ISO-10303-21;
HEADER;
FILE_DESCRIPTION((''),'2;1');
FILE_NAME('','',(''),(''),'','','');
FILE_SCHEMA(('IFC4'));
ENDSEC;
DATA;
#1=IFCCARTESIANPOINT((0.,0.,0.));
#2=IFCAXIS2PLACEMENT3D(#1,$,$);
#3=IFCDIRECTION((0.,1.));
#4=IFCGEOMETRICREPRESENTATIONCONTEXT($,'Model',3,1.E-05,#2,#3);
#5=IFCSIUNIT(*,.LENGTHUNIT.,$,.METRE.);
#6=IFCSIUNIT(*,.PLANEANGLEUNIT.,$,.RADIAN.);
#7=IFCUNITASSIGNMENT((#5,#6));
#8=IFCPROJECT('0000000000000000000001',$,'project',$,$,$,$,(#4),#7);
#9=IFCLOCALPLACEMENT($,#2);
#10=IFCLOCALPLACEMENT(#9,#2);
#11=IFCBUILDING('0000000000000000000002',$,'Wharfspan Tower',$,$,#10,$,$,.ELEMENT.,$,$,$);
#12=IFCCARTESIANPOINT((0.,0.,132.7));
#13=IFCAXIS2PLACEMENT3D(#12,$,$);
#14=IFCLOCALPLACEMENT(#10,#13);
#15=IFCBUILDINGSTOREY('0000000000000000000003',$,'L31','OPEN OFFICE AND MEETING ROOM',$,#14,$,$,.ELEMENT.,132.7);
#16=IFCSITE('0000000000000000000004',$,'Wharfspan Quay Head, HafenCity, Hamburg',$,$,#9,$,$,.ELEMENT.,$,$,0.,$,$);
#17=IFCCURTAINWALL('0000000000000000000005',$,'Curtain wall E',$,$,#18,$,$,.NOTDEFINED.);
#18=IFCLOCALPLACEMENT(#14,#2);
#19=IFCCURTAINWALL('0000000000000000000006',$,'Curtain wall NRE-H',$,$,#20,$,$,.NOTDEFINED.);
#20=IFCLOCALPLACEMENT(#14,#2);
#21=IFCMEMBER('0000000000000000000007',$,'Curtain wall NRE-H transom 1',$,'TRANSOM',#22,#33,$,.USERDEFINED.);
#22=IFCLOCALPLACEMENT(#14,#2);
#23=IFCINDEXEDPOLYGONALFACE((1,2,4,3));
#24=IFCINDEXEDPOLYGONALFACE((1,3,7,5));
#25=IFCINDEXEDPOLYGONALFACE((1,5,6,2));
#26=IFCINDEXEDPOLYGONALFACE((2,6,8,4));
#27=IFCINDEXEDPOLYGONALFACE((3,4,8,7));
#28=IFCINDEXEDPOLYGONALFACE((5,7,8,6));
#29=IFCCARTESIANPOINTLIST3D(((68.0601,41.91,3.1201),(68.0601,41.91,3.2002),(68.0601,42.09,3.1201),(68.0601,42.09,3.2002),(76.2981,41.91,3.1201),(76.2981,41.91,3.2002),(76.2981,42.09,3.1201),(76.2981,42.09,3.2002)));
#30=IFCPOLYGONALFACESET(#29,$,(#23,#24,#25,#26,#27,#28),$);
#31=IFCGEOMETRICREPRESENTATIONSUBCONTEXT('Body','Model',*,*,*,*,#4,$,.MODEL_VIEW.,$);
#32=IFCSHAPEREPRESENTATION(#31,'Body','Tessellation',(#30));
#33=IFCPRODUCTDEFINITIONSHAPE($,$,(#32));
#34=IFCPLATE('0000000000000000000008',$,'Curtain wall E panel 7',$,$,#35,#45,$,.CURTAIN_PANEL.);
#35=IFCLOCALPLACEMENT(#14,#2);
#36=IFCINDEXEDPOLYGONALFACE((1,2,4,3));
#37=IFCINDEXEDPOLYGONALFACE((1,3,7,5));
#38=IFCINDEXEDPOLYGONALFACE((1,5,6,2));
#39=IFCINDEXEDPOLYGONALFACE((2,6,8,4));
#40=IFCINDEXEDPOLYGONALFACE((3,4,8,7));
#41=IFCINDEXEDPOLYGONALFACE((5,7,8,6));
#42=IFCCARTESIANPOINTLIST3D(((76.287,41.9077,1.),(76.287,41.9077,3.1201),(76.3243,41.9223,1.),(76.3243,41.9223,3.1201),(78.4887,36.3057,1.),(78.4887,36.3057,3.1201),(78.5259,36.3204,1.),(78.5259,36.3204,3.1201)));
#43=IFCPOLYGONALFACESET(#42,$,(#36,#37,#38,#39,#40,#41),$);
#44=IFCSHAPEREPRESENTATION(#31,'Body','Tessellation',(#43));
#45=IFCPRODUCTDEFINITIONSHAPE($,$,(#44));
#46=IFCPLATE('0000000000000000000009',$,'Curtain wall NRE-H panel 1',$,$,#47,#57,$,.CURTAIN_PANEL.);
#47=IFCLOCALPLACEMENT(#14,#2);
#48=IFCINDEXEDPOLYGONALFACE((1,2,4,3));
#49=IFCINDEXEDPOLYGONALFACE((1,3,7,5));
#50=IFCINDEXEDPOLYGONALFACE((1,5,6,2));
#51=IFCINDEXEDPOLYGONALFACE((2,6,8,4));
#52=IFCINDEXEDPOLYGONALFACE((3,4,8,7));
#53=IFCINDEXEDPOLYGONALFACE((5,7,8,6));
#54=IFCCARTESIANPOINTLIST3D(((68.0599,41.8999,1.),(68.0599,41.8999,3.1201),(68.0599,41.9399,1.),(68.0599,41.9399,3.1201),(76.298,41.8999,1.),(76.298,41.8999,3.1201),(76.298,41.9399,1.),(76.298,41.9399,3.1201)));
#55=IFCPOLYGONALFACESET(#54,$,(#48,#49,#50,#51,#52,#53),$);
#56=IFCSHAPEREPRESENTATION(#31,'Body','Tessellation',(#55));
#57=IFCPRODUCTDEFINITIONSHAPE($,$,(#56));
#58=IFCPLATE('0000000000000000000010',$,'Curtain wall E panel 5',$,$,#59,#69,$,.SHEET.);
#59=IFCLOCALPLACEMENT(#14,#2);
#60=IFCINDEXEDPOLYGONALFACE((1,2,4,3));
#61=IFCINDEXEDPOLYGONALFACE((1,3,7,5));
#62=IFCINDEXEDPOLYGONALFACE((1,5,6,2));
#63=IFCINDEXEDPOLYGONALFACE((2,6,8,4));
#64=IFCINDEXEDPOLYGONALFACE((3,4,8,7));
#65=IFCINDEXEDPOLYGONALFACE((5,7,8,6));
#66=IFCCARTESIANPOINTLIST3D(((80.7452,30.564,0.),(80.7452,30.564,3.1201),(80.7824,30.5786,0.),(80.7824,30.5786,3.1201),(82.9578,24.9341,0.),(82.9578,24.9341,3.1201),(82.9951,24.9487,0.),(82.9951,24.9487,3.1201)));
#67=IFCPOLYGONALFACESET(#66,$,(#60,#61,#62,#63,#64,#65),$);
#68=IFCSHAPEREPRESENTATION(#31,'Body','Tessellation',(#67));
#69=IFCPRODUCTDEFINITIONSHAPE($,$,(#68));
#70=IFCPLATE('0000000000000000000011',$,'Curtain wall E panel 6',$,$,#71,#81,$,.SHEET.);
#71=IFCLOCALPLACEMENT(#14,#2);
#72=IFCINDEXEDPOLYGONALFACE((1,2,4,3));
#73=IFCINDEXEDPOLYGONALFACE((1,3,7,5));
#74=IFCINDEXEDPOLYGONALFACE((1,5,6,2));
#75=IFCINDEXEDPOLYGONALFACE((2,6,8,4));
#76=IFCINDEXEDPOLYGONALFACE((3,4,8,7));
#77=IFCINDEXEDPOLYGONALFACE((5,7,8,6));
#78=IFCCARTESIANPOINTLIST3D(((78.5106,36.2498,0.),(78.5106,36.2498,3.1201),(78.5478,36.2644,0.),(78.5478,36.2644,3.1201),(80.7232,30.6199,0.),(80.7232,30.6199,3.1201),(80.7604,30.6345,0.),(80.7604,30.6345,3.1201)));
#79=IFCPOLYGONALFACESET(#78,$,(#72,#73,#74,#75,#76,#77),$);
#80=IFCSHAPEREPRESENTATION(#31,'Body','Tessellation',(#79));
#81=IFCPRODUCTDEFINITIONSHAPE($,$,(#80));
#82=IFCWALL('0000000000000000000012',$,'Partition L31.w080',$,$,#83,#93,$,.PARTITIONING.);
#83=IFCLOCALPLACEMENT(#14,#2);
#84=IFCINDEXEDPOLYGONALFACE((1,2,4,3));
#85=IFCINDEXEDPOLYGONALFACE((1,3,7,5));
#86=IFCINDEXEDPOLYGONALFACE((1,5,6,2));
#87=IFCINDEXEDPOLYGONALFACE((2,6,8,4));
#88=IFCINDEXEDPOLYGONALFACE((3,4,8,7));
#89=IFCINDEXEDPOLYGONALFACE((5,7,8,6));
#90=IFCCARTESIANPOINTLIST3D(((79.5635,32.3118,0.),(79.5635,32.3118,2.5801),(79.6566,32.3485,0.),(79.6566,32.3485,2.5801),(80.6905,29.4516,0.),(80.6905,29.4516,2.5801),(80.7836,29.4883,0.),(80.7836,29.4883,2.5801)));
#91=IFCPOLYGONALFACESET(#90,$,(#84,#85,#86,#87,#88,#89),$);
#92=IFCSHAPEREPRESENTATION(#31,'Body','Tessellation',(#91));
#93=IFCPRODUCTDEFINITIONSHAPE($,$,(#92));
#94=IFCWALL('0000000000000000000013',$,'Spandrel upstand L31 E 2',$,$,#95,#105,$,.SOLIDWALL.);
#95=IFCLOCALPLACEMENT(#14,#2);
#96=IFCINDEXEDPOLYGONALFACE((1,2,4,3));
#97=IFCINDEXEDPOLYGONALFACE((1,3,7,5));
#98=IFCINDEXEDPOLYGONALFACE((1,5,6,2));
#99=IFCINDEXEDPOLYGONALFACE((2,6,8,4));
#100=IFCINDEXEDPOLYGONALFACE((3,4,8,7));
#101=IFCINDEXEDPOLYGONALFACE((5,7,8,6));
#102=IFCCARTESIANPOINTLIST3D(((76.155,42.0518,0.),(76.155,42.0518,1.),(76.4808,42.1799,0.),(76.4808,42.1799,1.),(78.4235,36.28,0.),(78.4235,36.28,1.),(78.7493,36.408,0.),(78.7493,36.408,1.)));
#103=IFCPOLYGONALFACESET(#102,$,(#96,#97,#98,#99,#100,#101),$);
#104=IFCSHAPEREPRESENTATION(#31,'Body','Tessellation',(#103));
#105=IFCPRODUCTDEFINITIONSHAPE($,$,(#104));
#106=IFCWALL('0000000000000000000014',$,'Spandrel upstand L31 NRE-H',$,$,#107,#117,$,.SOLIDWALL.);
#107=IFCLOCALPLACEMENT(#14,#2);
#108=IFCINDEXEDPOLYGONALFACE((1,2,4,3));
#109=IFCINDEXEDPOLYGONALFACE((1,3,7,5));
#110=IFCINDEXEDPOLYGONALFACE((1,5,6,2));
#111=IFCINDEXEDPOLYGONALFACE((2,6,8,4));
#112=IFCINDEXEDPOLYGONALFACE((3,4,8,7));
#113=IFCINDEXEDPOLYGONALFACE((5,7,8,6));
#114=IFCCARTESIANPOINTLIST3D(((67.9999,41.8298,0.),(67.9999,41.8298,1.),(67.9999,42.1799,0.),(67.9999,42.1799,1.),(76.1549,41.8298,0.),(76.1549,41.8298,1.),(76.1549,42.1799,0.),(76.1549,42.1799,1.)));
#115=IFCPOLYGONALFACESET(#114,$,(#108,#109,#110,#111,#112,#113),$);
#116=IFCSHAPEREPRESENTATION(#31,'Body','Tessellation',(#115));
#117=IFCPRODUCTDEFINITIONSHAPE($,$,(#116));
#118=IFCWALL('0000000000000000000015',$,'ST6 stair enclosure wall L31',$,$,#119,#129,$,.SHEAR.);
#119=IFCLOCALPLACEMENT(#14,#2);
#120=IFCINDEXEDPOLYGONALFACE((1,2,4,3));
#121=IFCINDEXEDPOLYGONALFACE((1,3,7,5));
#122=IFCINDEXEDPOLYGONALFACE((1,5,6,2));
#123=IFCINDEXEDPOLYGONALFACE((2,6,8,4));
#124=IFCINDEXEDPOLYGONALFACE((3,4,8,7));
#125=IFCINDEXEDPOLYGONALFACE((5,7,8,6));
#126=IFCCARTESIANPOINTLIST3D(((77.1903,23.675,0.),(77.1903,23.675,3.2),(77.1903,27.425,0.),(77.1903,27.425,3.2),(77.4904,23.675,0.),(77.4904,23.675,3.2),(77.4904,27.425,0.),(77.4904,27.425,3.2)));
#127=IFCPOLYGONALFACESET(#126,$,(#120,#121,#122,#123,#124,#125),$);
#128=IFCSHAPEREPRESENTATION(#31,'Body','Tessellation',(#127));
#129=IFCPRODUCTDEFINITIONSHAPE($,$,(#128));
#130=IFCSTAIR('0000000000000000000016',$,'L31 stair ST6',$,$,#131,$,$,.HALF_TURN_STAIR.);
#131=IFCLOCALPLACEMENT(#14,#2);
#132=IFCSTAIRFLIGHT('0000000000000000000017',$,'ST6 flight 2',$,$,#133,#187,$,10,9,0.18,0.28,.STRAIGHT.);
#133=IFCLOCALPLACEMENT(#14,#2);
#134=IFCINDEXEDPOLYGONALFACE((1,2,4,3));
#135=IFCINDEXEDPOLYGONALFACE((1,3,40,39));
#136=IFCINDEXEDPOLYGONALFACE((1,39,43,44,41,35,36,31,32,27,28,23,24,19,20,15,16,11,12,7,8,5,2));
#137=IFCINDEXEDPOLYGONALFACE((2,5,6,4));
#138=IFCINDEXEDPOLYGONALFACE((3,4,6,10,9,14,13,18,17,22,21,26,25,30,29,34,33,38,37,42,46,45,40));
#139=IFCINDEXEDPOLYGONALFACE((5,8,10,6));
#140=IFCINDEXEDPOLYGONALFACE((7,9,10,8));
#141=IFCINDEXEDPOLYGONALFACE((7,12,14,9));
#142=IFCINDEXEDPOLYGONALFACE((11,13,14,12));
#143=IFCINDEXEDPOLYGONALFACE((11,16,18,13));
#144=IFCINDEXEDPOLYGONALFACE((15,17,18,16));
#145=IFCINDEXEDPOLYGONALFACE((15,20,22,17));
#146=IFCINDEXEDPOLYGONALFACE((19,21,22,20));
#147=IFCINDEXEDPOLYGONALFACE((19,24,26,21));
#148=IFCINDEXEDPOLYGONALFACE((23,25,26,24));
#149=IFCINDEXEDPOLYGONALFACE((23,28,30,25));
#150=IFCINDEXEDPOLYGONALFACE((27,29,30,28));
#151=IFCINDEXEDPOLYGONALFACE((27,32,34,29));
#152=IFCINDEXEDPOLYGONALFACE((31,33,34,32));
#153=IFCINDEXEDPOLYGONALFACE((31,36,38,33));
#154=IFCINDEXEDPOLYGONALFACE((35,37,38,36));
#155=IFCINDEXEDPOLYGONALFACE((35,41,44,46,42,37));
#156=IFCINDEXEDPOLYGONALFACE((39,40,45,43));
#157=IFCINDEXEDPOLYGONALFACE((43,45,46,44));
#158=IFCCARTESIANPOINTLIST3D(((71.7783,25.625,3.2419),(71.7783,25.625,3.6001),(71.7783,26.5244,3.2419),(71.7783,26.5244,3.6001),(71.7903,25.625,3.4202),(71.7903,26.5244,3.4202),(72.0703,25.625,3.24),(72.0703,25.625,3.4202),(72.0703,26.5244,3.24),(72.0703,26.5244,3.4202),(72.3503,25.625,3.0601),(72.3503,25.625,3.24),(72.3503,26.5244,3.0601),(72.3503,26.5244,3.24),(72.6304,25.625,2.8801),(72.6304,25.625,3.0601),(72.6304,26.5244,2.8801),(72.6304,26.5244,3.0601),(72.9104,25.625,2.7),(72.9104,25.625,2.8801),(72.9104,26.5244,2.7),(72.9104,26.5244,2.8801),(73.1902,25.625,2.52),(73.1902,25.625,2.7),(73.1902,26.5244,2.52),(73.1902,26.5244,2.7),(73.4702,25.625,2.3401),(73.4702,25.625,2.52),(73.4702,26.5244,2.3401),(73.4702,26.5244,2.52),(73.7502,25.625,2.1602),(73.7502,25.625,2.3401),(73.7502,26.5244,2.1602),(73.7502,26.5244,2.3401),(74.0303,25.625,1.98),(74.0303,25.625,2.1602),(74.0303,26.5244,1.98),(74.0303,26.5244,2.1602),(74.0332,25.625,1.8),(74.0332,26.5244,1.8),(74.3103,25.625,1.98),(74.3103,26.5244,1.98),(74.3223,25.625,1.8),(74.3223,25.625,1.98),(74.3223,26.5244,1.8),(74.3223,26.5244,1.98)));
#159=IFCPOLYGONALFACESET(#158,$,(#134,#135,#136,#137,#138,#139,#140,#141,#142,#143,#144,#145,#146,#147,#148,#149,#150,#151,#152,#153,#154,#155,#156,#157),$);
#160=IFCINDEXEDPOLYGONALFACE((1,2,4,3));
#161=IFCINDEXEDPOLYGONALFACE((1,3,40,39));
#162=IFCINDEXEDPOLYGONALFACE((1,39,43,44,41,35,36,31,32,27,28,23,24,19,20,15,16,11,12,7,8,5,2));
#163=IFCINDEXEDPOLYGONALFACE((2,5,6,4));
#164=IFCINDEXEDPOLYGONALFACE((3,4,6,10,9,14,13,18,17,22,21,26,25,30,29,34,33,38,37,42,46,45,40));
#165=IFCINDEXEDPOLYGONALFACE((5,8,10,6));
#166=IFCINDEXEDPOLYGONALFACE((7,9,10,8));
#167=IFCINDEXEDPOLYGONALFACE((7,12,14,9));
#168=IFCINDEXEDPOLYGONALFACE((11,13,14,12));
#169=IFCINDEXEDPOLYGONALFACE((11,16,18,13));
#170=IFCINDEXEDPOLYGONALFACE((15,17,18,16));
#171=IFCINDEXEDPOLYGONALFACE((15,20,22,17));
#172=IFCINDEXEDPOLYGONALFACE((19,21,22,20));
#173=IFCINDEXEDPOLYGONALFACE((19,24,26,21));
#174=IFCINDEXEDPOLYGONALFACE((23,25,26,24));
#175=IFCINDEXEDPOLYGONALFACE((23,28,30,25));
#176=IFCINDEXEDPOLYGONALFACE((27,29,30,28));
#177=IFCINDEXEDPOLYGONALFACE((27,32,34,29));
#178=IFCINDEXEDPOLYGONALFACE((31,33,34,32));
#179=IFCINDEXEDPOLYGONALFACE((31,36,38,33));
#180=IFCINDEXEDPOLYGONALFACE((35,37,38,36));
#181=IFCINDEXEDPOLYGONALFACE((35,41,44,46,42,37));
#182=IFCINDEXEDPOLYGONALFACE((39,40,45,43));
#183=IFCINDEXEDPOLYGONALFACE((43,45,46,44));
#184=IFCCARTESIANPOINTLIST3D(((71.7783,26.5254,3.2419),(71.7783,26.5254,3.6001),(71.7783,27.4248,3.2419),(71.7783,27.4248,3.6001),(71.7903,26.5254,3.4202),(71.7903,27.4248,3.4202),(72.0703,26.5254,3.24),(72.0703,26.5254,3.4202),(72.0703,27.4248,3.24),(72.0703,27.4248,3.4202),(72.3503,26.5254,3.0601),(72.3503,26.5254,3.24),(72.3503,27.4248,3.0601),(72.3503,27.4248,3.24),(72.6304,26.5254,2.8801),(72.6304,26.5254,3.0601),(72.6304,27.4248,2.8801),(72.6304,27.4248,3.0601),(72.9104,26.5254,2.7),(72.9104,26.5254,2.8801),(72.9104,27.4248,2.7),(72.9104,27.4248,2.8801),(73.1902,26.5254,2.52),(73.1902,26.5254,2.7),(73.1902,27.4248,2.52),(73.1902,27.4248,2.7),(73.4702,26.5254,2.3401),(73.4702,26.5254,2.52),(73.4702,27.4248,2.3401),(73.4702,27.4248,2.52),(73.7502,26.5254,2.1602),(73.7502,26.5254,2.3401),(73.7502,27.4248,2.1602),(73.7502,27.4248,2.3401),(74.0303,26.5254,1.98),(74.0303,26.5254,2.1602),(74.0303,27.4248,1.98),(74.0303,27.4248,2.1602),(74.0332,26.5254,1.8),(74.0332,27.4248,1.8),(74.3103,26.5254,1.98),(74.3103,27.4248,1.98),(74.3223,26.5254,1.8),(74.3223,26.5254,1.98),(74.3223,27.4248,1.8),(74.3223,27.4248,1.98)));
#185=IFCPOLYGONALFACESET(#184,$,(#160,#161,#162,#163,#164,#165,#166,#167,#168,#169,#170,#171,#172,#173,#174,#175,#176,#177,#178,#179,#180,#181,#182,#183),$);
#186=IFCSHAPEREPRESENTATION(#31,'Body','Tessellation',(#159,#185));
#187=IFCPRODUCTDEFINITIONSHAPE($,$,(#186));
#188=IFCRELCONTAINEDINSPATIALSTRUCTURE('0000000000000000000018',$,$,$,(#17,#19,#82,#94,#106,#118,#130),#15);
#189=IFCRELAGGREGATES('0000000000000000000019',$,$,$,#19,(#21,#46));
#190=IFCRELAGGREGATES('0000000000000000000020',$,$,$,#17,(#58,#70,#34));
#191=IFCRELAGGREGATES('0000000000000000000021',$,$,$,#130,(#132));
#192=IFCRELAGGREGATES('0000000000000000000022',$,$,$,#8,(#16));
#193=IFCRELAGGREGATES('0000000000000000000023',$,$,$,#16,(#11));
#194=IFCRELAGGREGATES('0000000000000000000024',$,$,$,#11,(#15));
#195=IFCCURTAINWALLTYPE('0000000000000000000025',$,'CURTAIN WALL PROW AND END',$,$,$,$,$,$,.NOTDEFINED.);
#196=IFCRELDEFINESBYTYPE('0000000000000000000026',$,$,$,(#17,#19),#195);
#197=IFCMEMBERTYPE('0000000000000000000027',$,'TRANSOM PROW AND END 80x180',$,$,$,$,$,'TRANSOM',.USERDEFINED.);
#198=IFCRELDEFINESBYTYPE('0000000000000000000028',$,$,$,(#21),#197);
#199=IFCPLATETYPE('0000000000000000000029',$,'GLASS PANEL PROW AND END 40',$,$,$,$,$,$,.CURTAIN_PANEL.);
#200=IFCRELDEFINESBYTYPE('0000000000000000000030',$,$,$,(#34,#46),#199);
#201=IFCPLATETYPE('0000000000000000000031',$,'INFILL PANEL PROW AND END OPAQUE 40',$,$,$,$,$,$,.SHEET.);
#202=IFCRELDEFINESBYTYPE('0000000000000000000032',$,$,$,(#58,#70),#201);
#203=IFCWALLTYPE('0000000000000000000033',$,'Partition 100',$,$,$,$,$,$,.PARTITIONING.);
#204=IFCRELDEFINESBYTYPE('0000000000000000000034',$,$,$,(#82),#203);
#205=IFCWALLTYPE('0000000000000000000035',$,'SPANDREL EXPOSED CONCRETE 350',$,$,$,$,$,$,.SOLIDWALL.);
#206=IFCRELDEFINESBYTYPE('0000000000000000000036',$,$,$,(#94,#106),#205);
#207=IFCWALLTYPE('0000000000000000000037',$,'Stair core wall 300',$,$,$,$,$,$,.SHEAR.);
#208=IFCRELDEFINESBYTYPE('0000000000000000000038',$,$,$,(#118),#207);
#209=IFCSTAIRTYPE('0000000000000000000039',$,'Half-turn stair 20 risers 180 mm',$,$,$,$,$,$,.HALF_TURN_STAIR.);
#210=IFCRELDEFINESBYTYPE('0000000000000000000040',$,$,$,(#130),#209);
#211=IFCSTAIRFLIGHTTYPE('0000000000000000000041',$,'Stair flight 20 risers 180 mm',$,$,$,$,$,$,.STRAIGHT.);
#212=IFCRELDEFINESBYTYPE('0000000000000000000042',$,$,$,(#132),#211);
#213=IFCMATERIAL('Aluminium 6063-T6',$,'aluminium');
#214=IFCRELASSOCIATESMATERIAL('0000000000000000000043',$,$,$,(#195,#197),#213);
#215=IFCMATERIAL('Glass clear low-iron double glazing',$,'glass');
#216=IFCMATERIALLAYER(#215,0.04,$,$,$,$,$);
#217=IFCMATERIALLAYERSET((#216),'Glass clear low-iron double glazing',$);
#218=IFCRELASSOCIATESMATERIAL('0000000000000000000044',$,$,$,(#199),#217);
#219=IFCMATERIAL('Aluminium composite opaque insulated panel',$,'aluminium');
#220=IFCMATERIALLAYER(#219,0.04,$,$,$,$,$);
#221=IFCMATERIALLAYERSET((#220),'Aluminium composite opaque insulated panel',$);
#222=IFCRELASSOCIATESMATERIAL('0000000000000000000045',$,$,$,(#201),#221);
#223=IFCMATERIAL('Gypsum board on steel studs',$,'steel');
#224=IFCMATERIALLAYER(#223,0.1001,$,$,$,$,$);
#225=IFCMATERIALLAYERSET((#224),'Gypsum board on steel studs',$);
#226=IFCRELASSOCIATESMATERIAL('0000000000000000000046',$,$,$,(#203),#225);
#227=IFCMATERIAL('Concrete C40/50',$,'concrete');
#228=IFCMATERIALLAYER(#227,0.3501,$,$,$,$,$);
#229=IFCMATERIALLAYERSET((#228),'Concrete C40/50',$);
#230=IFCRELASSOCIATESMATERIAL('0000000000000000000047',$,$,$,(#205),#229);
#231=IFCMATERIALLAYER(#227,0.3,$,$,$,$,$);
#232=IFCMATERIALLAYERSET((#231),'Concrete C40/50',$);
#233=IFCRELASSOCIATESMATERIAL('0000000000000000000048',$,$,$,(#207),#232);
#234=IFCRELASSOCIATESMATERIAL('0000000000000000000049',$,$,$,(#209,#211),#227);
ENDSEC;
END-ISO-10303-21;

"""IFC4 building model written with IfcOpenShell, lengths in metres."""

from ifc_helpers import new_model, si_unit, direction, frame, frame_2d, origin, origin_2d, place, context, subcontext, project, spatial, polyline, rectangle, outline, extrude, material, layer, layer_set, material_profile, profile_set, type_object, element, aggregate, save


model = new_model("IFC4")

# Units and contexts
model_context = context("Model", 3, precision=1e-05, world=origin(), true_north=direction((0.0, 1.0)))
body_context = subcontext(model_context, "Body", "Model", "MODEL_VIEW")
ifc_project = project(units=[si_unit("LENGTHUNIT", "METRE"), si_unit("PLANEANGLEUNIT", "RADIAN")], contexts=[model_context])

# Site, building, storey
site_placement = place(None, origin())
site = spatial("IfcSite", under=ifc_project, at=site_placement, Name="Wharfspan Quay Head, HafenCity, Hamburg", CompositionType="ELEMENT", RefElevation=0.0)
building_placement = place(site_placement, origin())
building = spatial("IfcBuilding", under=site, at=building_placement, Name="Wharfspan Tower", CompositionType="ELEMENT")
storey_placement = place(building_placement, frame((0.0, 0.0, 132.7)))
storey = spatial("IfcBuildingStorey", under=building, at=storey_placement, Name="L31", Description="OPEN OFFICE AND MEETING ROOM", CompositionType="ELEMENT", Elevation=132.7)

# Curtain wall
ifc_material_1 = material(Name="Aluminium 6063-T6", Category="aluminium")
curtain_wall_type = type_object("IfcCurtainWallType", Name="CURTAIN WALL PROW AND END", PredefinedType="NOTDEFINED", material=ifc_material_1)
curtain_wall_1_placement = place(storey_placement, origin())
curtain_wall_1 = element("IfcCurtainWall", 1, at=curtain_wall_1_placement, inside=storey, type_object=curtain_wall_type, Name="Curtain wall E", PredefinedType="NOTDEFINED")

# Curtain wall
curtain_wall_2_placement = place(storey_placement, origin())
curtain_wall_2 = element("IfcCurtainWall", 2, at=curtain_wall_2_placement, inside=storey, type_object=curtain_wall_type, Name="Curtain wall NRE-H", PredefinedType="NOTDEFINED")

# Member
ifc_material_profile_1 = material_profile(ifc_material_1, rectangle(XDim=0.1799, YDim=0.0801, at=origin_2d()))
ifc_profile_set_1 = profile_set([ifc_material_profile_1], Name="Aluminium 6063-T6")
member_type_1 = type_object("IfcMemberType", Name="TRANSOM PROW AND END 80x180", ElementType="TRANSOM", PredefinedType="USERDEFINED", material=ifc_profile_set_1)
member_1_placement = place(storey_placement, frame((76.2981, 42.0, 3.1602), z_axis=(-1.0, 0.0, 0.0), x_axis=(0.0, -1.0, 0.0)))
member_1 = element("IfcMember", 3, at=member_1_placement, type_object=member_type_1, Name="Curtain wall NRE-H transom 1", ObjectType="TRANSOM", PredefinedType="USERDEFINED", context=body_context, shape_type="SweptSolid", body=[
    extrude(rectangle(XDim=0.1799, YDim=0.0801, at=origin_2d()), origin(), (0.0, 0.0, 1.0), 8.238),
])

# Plates
ifc_material_2 = material(Name="Glass clear low-iron double glazing", Category="glass")
ifc_layer_1 = layer(ifc_material_2, 0.04)
ifc_layer_set_1 = layer_set([ifc_layer_1], Name="Glass clear low-iron double glazing")
plate_type_1 = type_object("IfcPlateType", Name="GLASS PANEL PROW AND END 40", PredefinedType="CURTAIN_PANEL", material=ifc_layer_set_1)
plate_1_placement = place(storey_placement, frame((77.4065, 39.114, 1.0), z_axis=(0.0, 0.0, 1.0), x_axis=(-0.365778, 0.930702, 0.0)))
plate_1 = element("IfcPlate", 4, at=plate_1_placement, type_object=plate_type_1, Name="Curtain wall E panel 7", PredefinedType="CURTAIN_PANEL", context=body_context, shape_type="SweptSolid", body=[
    extrude(rectangle(XDim=6.019, YDim=0.04, at=origin_2d()), origin(), (0.0, 0.0, 1.0), 2.1201),
])
plate_2_placement = place(storey_placement, frame((72.179, 41.9199, 1.0), z_axis=(0.0, 0.0, 1.0), x_axis=(-1.0, 0.0, 0.0)))
plate_2 = element("IfcPlate", 5, at=plate_2_placement, type_object=plate_type_1, Name="Curtain wall NRE-H panel 1", PredefinedType="CURTAIN_PANEL", context=body_context, shape_type="SweptSolid", body=[
    extrude(rectangle(XDim=8.238, YDim=0.04, at=origin_2d()), origin(), (0.0, 0.0, 1.0), 2.1201),
])
aggregate(curtain_wall_2, [member_1, plate_2])
ifc_material_3 = material(Name="Aluminium composite opaque insulated panel", Category="aluminium")
ifc_layer_2 = layer(ifc_material_3, 0.04)
ifc_layer_set_2 = layer_set([ifc_layer_2], Name="Aluminium composite opaque insulated panel")
plate_type_2 = type_object("IfcPlateType", Name="INFILL PANEL PROW AND END OPAQUE 40", PredefinedType="SHEET", material=ifc_layer_set_2)
plate_3_placement = place(storey_placement, frame((81.8701, 27.7563, 0.0), z_axis=(0.0, 0.0, 1.0), x_axis=(-0.365778, 0.930702, 0.0)))
plate_3 = element("IfcPlate", 6, at=plate_3_placement, type_object=plate_type_2, Name="Curtain wall E panel 5", PredefinedType="SHEET", context=body_context, shape_type="SweptSolid", body=[
    extrude(rectangle(XDim=6.0491, YDim=0.04, at=origin_2d()), origin(), (0.0, 0.0, 1.0), 3.1201),
])
plate_4_placement = place(storey_placement, frame((79.6355, 33.4421, 0.0), z_axis=(0.0, 0.0, 1.0), x_axis=(-0.365778, 0.930702, 0.0)))
plate_4 = element("IfcPlate", 7, at=plate_4_placement, type_object=plate_type_2, Name="Curtain wall E panel 6", PredefinedType="SHEET", context=body_context, shape_type="SweptSolid", body=[
    extrude(rectangle(XDim=6.0491, YDim=0.04, at=origin_2d()), origin(), (0.0, 0.0, 1.0), 3.1201),
])
aggregate(curtain_wall_1, [plate_3, plate_4, plate_1])

# Walls
ifc_material_4 = material(Name="Gypsum board on steel studs", Category="steel")
ifc_layer_3 = layer(ifc_material_4, 0.1001)
ifc_layer_set_3 = layer_set([ifc_layer_3], Name="Gypsum board on steel studs")
wall_type_1 = type_object("IfcWallType", Name="Partition 100", PredefinedType="PARTITIONING", material=ifc_layer_set_3)
wall_1_placement = place(storey_placement, frame((80.7371, 29.47, 0.0), z_axis=(0.0, 0.0, 1.0), x_axis=(-0.366592, 0.930378, 0.0)))
element("IfcWall", 8, at=wall_1_placement, inside=storey, type_object=wall_type_1, Name="Partition L31.w080", PredefinedType="PARTITIONING", context=body_context, shape_type="SweptSolid", body=[
    extrude(rectangle(XDim=3.0742, YDim=0.1001, at=frame_2d((1.5371, 0.0))), origin(), (0.0, 0.0, 1.0), 2.5801),
])
ifc_material_5 = material(Name="Concrete C40/50", Category="concrete")
ifc_layer_4 = layer(ifc_material_5, 0.3501)
ifc_layer_set_4 = layer_set([ifc_layer_4], Name="Concrete C40/50")
wall_type_2 = type_object("IfcWallType", Name="SPANDREL EXPOSED CONCRETE 350", PredefinedType="SOLIDWALL", material=ifc_layer_set_4)
wall_2_placement = place(storey_placement, frame((78.5864, 36.344, 0.0), z_axis=(0.0, 0.0, 1.0), x_axis=(-0.365792, 0.930699, 0.0)))
element("IfcWall", 9, at=wall_2_placement, inside=storey, type_object=wall_type_2, Name="Spandrel upstand L31 E 2", PredefinedType="SOLIDWALL", context=body_context, shape_type="SweptSolid", body=[
    extrude(rectangle(XDim=6.2017, YDim=0.3501, at=frame_2d((3.1008, 0.0))), origin(), (0.0, 0.0, 1.0), 1.0),
])
wall_3_placement = place(storey_placement, frame((76.155, 42.0049, 0.0), z_axis=(0.0, 0.0, 1.0), x_axis=(-1.0, 0.0, 0.0)))
element("IfcWall", 10, at=wall_3_placement, inside=storey, type_object=wall_type_2, Name="Spandrel upstand L31 NRE-H", PredefinedType="SOLIDWALL", context=body_context, shape_type="SweptSolid", body=[
    extrude(rectangle(XDim=8.155, YDim=0.3501, at=frame_2d((4.0776, 0.0))), origin(), (0.0, 0.0, 1.0), 1.0),
])
ifc_layer_5 = layer(ifc_material_5, 0.3)
ifc_layer_set_5 = layer_set([ifc_layer_5], Name="Concrete C40/50")
wall_type_3 = type_object("IfcWallType", Name="Stair core wall 300", PredefinedType="SHEAR", material=ifc_layer_set_5)
wall_4_placement = place(storey_placement, frame((77.3403, 23.675, 0.0), z_axis=(0.0, 0.0, 1.0), x_axis=(0.0, 1.0, 0.0)))
element("IfcWall", 11, at=wall_4_placement, inside=storey, type_object=wall_type_3, Name="ST6 stair enclosure wall L31", PredefinedType="SHEAR", context=body_context, shape_type="SweptSolid", body=[
    extrude(rectangle(XDim=3.75, YDim=0.3, at=frame_2d((1.875, 0.0))), origin(), (0.0, 0.0, 1.0), 3.2),
])

# Stair, stair flight
stair_type = type_object("IfcStairType", Name="Half-turn stair 20 risers 180 mm", PredefinedType="HALF_TURN_STAIR", material=ifc_material_5)
stair_placement = place(storey_placement, origin())
stair = element("IfcStair", 12, at=stair_placement, inside=storey, type_object=stair_type, Name="L31 stair ST6", PredefinedType="HALF_TURN_STAIR")
stair_flight_type = type_object("IfcStairFlightType", Name="Stair flight 20 risers 180 mm", PredefinedType="STRAIGHT", material=ifc_material_5)
stair_flight_placement = place(storey_placement, frame((74.3103, 26.5249, 1.8), z_axis=(0.0, 0.0, 1.0), x_axis=(-1.0, 0.0, 0.0)))
stair_flight = element("IfcStairFlight", 13, at=stair_flight_placement, type_object=stair_flight_type, Name="ST6 flight 2", NumberOfRisers=10, NumberOfTreads=9, PredefinedType="STRAIGHT", RiserHeight=0.18, TreadLength=0.28, context=body_context, shape_type="SweptSolid", body=[
    extrude(outline(polyline([(-0.012, 0.0), (-0.012, 0.1799), (0.0, 0.1799), (0.28, 0.1799), (0.28, 0.3601), (0.5601, 0.3601), (0.5601, 0.54), (0.8401, 0.54), (0.8401, 0.72), (1.1201, 0.72), (1.1201, 0.8999), (1.3999, 0.8999), (1.3999, 1.0801), (1.6799, 1.0801), (1.6799, 1.26), (1.96, 1.26), (1.96, 1.4399), (2.24, 1.4399), (2.24, 1.6201), (2.52, 1.6201), (2.532, 1.8), (2.532, 1.4419), (0.2771, 0.0), (-0.012, 0.0)])), frame((0.0, 0.8999, 0.0), z_axis=(0.0, -1.0, 0.0), x_axis=(1.0, 0.0, 0.0)), (0.0, 0.0, 1.0), 0.8994),
    extrude(outline(polyline([(-0.012, 0.0), (-0.012, 0.1799), (0.0, 0.1799), (0.28, 0.1799), (0.28, 0.3601), (0.5601, 0.3601), (0.5601, 0.54), (0.8401, 0.54), (0.8401, 0.72), (1.1201, 0.72), (1.1201, 0.8999), (1.3999, 0.8999), (1.3999, 1.0801), (1.6799, 1.0801), (1.6799, 1.26), (1.96, 1.26), (1.96, 1.4399), (2.24, 1.4399), (2.24, 1.6201), (2.52, 1.6201), (2.532, 1.8), (2.532, 1.4419), (0.2771, 0.0), (-0.012, 0.0)])), frame((0.0, -0.0005, 0.0), z_axis=(0.0, -1.0, 0.0), x_axis=(1.0, 0.0, 0.0)), (0.0, 0.0, 1.0), 0.8994),
])
aggregate(stair, [stair_flight])

save(model, "model.ifc")
